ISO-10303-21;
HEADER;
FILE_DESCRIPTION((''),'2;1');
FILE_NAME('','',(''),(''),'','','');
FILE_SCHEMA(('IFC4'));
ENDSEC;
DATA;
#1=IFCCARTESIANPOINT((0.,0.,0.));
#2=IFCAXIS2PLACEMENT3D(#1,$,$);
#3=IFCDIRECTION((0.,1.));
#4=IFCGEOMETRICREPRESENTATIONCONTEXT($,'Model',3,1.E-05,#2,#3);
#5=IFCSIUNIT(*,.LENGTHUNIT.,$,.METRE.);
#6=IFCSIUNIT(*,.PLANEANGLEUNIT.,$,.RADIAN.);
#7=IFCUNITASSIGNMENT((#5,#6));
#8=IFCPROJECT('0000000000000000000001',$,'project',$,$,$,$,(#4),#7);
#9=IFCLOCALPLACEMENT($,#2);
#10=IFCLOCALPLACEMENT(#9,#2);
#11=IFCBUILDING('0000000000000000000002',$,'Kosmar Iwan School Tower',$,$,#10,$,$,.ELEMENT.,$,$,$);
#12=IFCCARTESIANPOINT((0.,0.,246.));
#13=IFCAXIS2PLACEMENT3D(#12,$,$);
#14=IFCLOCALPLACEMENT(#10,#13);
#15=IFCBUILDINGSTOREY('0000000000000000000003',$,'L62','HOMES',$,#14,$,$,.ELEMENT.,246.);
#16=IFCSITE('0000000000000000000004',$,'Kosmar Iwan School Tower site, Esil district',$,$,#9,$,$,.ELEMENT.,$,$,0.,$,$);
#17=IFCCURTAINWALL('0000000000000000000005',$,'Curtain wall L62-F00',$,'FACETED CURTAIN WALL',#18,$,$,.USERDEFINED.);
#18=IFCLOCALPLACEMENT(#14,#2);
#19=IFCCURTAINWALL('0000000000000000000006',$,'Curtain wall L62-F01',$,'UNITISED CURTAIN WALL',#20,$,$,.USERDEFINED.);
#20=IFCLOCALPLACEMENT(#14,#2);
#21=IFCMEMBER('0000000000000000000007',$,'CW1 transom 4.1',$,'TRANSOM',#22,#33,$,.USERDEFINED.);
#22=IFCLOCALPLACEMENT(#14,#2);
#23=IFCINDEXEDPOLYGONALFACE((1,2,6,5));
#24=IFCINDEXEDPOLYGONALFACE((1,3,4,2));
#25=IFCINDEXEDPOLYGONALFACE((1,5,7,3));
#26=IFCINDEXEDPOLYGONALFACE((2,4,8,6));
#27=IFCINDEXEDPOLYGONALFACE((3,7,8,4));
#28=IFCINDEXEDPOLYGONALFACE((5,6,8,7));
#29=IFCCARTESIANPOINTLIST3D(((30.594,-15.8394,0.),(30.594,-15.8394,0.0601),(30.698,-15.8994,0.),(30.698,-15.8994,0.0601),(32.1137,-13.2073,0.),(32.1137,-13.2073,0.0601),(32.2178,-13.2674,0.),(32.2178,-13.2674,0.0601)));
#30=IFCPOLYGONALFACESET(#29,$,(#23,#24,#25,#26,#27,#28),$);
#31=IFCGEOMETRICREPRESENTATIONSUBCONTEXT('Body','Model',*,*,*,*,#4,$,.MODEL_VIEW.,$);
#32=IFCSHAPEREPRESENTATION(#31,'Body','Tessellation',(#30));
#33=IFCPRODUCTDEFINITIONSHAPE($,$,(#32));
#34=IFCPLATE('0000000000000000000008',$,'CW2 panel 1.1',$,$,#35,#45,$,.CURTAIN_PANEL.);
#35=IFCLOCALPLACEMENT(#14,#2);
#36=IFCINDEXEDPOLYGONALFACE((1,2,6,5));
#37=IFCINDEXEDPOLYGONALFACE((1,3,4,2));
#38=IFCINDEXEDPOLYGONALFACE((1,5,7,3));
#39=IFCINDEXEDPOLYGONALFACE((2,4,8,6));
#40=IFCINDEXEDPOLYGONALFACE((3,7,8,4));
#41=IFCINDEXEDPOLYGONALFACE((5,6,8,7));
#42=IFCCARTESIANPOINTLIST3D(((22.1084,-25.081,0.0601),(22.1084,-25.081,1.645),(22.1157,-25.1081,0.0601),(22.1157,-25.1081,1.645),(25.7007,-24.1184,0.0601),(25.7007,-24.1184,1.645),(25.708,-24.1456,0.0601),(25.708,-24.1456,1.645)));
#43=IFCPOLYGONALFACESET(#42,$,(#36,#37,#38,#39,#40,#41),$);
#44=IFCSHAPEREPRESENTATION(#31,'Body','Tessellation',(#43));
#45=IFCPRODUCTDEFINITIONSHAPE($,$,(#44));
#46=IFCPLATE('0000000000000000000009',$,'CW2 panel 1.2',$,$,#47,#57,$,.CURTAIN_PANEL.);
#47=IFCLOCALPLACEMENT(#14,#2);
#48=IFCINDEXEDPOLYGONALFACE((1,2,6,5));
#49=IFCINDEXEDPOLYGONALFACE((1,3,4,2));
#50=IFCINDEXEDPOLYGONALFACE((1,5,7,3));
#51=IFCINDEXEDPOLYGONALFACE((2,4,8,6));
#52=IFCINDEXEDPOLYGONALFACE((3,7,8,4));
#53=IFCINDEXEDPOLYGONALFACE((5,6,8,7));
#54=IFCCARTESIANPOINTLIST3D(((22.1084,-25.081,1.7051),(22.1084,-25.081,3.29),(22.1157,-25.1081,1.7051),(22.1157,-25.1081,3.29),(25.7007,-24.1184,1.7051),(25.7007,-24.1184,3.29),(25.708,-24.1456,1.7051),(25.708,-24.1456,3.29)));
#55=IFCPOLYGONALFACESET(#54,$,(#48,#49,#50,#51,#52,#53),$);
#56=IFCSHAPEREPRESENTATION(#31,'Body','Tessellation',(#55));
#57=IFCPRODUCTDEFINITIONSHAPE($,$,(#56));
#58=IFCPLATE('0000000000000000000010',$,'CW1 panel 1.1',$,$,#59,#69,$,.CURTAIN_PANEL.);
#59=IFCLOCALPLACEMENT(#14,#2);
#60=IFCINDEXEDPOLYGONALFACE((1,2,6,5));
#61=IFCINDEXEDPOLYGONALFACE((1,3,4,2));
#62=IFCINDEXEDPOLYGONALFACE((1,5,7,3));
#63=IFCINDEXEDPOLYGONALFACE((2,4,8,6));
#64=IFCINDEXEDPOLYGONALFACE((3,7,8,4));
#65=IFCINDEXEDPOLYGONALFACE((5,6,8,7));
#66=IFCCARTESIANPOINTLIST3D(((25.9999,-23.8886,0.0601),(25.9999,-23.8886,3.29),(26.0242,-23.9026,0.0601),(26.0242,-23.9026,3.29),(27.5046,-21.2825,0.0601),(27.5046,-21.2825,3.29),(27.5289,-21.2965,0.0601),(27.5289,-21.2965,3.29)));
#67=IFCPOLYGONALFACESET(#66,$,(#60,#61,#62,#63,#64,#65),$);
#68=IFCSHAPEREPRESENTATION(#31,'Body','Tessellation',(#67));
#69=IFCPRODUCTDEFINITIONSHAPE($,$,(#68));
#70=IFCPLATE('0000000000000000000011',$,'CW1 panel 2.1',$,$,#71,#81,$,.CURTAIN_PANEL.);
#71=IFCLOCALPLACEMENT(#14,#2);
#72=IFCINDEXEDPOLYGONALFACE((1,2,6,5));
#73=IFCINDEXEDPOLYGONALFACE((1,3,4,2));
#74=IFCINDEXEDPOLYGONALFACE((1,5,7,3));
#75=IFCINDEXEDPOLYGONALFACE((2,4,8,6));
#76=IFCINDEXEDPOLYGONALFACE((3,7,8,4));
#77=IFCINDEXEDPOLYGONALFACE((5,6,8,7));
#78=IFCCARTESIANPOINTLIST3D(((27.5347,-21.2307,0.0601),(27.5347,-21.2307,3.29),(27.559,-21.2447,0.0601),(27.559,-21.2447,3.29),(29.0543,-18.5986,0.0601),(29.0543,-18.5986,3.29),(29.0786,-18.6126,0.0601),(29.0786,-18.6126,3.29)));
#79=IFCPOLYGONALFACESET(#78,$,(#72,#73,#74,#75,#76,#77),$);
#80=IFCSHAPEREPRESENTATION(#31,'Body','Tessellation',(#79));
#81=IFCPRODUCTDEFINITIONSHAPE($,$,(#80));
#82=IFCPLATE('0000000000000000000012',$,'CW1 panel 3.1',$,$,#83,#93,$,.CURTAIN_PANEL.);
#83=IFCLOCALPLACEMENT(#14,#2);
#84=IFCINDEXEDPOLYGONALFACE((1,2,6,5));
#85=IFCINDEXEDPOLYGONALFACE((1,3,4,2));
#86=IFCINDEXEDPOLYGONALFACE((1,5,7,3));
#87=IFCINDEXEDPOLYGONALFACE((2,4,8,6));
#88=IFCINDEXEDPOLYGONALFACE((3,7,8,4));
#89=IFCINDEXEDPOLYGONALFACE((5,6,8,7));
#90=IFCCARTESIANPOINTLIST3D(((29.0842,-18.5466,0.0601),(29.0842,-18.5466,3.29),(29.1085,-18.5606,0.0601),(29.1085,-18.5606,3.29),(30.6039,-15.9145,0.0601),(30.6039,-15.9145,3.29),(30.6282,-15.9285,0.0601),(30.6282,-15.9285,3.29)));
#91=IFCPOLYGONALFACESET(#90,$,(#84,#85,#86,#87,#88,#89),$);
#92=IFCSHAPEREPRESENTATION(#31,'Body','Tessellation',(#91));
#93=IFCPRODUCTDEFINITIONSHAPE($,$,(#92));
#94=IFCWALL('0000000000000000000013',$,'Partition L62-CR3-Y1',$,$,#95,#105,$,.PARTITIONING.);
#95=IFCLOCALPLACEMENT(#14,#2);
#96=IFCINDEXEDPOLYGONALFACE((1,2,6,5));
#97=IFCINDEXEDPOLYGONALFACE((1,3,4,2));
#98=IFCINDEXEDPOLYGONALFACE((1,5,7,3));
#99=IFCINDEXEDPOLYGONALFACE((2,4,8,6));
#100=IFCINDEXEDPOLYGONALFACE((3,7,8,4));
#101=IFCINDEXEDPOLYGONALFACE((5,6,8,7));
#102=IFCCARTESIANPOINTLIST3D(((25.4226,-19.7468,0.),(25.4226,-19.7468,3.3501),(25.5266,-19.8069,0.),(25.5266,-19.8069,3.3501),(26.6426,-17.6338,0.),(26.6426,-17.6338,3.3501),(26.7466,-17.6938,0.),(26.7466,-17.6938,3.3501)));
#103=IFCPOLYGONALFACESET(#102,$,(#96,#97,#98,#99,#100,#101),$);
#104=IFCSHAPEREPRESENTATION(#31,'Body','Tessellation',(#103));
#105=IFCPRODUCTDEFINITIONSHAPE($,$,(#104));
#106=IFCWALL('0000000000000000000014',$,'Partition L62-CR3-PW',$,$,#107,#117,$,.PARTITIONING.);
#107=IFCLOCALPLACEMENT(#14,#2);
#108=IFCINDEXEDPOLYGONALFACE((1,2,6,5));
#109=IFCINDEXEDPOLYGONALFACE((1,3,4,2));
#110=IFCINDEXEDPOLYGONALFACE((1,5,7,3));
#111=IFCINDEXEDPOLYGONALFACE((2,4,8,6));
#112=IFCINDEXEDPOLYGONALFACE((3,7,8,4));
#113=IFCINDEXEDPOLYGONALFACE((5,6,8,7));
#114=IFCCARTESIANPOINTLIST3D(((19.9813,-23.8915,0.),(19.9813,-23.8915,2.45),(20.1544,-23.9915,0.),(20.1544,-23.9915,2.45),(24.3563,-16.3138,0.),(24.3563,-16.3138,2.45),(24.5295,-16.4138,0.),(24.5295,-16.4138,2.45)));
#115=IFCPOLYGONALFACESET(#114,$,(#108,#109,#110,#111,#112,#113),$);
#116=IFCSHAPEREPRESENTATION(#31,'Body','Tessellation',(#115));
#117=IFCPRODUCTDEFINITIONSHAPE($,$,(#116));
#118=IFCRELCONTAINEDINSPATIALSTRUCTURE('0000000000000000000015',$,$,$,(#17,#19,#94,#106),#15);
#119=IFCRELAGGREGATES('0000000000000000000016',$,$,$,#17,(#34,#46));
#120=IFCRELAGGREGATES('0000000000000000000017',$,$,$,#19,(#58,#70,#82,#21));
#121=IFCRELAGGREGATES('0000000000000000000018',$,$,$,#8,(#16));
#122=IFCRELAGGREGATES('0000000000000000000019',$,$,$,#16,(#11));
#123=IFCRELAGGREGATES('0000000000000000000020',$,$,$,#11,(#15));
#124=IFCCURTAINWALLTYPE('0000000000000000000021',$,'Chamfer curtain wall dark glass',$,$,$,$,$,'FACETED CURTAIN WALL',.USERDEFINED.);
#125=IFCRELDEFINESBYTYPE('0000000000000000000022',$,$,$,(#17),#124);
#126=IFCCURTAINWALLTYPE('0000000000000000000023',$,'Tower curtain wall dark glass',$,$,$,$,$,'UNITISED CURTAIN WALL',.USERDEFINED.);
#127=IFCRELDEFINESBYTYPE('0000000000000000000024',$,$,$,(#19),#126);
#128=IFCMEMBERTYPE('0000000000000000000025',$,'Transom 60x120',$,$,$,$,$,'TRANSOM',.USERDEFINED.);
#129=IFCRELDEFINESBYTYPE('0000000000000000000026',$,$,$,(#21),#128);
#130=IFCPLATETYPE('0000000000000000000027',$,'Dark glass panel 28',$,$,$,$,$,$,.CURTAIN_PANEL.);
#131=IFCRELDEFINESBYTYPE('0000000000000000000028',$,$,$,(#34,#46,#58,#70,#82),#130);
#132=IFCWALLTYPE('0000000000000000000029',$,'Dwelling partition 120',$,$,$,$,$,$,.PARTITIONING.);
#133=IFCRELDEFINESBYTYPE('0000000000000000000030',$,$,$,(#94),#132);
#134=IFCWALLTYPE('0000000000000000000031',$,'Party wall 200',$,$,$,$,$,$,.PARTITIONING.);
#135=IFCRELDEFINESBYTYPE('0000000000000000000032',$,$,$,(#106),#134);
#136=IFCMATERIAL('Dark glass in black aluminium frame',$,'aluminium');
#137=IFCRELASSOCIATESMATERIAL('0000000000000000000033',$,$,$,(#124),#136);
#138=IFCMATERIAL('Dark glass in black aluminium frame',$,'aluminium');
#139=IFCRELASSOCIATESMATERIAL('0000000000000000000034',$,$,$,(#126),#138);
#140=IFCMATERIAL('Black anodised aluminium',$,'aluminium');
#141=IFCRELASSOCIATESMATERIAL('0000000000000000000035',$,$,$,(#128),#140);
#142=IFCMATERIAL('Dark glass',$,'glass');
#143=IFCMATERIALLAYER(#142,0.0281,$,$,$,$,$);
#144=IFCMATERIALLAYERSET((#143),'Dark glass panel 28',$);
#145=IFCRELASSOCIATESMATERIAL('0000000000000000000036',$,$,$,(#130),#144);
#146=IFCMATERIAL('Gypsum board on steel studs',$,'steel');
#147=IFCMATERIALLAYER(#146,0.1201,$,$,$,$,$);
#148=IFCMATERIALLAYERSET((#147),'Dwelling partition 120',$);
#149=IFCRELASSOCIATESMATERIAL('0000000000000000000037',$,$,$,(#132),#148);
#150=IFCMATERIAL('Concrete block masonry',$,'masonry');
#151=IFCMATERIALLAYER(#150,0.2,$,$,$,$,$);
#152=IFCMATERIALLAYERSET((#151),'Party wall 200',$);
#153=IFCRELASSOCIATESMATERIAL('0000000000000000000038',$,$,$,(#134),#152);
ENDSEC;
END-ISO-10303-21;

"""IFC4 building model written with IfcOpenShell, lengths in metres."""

from ifc_helpers import new_model, si_unit, direction, frame, frame_2d, origin, origin_2d, place, context, subcontext, project, spatial, rectangle, extrude, material, layer, layer_set, material_profile, profile_set, type_object, element, aggregate, save


model = new_model("IFC4")

# Units and contexts
model_context = context("Model", 3, precision=1e-05, world=origin(), true_north=direction((0.0, 1.0)))
body_context = subcontext(model_context, "Body", "Model", "MODEL_VIEW")
ifc_project = project(units=[si_unit("LENGTHUNIT", "METRE"), si_unit("PLANEANGLEUNIT", "RADIAN")], contexts=[model_context])

# Site, building, storey
site_placement = place(None, origin())
site = spatial("IfcSite", under=ifc_project, at=site_placement, Name="Kosmar Iwan School Tower site, Esil district", CompositionType="ELEMENT", RefElevation=0.0)
building_placement = place(site_placement, origin())
building = spatial("IfcBuilding", under=site, at=building_placement, Name="Kosmar Iwan School Tower", CompositionType="ELEMENT")
storey_placement = place(building_placement, frame((0.0, 0.0, 246.0)))
storey = spatial("IfcBuildingStorey", under=building, at=storey_placement, Name="L62", Description="HOMES", CompositionType="ELEMENT", Elevation=246.0)

# Curtain wall
ifc_material_1 = material(Name="Dark glass in black aluminium frame", Category="aluminium")
curtain_wall_type_1 = type_object("IfcCurtainWallType", Name="Chamfer curtain wall dark glass", ElementType="FACETED CURTAIN WALL", PredefinedType="USERDEFINED", material=ifc_material_1)
curtain_wall_1_placement = place(storey_placement, origin())
curtain_wall_1 = element("IfcCurtainWall", 1, at=curtain_wall_1_placement, inside=storey, type_object=curtain_wall_type_1, Name="Curtain wall L62-F00", ObjectType="FACETED CURTAIN WALL", PredefinedType="USERDEFINED")

# Curtain wall
ifc_material_2 = material(Name="Dark glass in black aluminium frame", Category="aluminium")
curtain_wall_type_2 = type_object("IfcCurtainWallType", Name="Tower curtain wall dark glass", ElementType="UNITISED CURTAIN WALL", PredefinedType="USERDEFINED", material=ifc_material_2)
curtain_wall_2_placement = place(storey_placement, origin())
curtain_wall_2 = element("IfcCurtainWall", 2, at=curtain_wall_2_placement, inside=storey, type_object=curtain_wall_type_2, Name="Curtain wall L62-F01", ObjectType="UNITISED CURTAIN WALL", PredefinedType="USERDEFINED")

# Member
ifc_material_3 = material(Name="Black anodised aluminium", Category="aluminium")
ifc_material_profile_1 = material_profile(ifc_material_3, rectangle(XDim=0.1201, YDim=0.0601, at=origin_2d()), Name="TRANSOM 60x120")
ifc_profile_set_1 = profile_set([ifc_material_profile_1], Name="Black anodised aluminium")
member_type_1 = type_object("IfcMemberType", Name="Transom 60x120", ElementType="TRANSOM", PredefinedType="USERDEFINED", material=ifc_profile_set_1)
member_1_placement = place(storey_placement, frame((30.646, -15.8694, 0.03), z_axis=(0.500035, 0.866005, 0.0), x_axis=(-0.866005, 0.500035, 0.0)))
member_1 = element("IfcMember", 3, at=member_1_placement, type_object=member_type_1, Name="CW1 transom 4.1", ObjectType="TRANSOM", PredefinedType="USERDEFINED", context=body_context, shape_type="SweptSolid", body=[
    extrude(rectangle(XDim=0.1201, YDim=0.0601, at=origin_2d()), origin(), (0.0, 0.0, 1.0), 3.0393),
])

# Plates
ifc_material_4 = material(Name="Dark glass", Category="glass")
ifc_layer_1 = layer(ifc_material_4, 0.0281)
ifc_layer_set_1 = layer_set([ifc_layer_1], Name="Dark glass panel 28")
plate_type = type_object("IfcPlateType", Name="Dark glass panel 28", PredefinedType="CURTAIN_PANEL", material=ifc_layer_set_1)
plate_1_placement = place(storey_placement, frame((23.9082, -24.6133, 0.0601), z_axis=(0.0, 0.0, 1.0), x_axis=(0.965926, 0.258819, 0.0)))
plate_1 = element("IfcPlate", 4, at=plate_1_placement, type_object=plate_type, Name="CW2 panel 1.1", PredefinedType="CURTAIN_PANEL", context=body_context, shape_type="SweptSolid", body=[
    extrude(rectangle(XDim=3.719, YDim=0.0281, at=origin_2d()), origin(), (0.0, 0.0, 1.0), 1.585),
])
plate_2_placement = place(storey_placement, frame((23.9082, -24.6133, 1.7051), z_axis=(0.0, 0.0, 1.0), x_axis=(0.965926, 0.258819, 0.0)))
plate_2 = element("IfcPlate", 5, at=plate_2_placement, type_object=plate_type, Name="CW2 panel 1.2", PredefinedType="CURTAIN_PANEL", context=body_context, shape_type="SweptSolid", body=[
    extrude(rectangle(XDim=3.719, YDim=0.0281, at=origin_2d()), origin(), (0.0, 0.0, 1.0), 1.585),
])
aggregate(curtain_wall_1, [plate_1, plate_2])
plate_3_placement = place(storey_placement, frame((26.7644, -22.5925, 0.0601), z_axis=(0.0, 0.0, 1.0), x_axis=(0.5, 0.866025, 0.0)))
plate_3 = element("IfcPlate", 6, at=plate_3_placement, type_object=plate_type, Name="CW1 panel 1.1", PredefinedType="CURTAIN_PANEL", context=body_context, shape_type="SweptSolid", body=[
    extrude(rectangle(XDim=3.0093, YDim=0.0281, at=origin_2d()), origin(), (0.0, 0.0, 1.0), 3.23),
])
plate_4_placement = place(storey_placement, frame((28.3066, -19.9216, 0.0601), z_axis=(0.0, 0.0, 1.0), x_axis=(0.5, 0.866025, 0.0)))
plate_4 = element("IfcPlate", 7, at=plate_4_placement, type_object=plate_type, Name="CW1 panel 2.1", PredefinedType="CURTAIN_PANEL", context=body_context, shape_type="SweptSolid", body=[
    extrude(rectangle(XDim=3.0393, YDim=0.0281, at=origin_2d()), origin(), (0.0, 0.0, 1.0), 3.23),
])
plate_5_placement = place(storey_placement, frame((29.8562, -17.2375, 0.0601), z_axis=(0.0, 0.0, 1.0), x_axis=(0.5, 0.866025, 0.0)))
plate_5 = element("IfcPlate", 8, at=plate_5_placement, type_object=plate_type, Name="CW1 panel 3.1", PredefinedType="CURTAIN_PANEL", context=body_context, shape_type="SweptSolid", body=[
    extrude(rectangle(XDim=3.0393, YDim=0.0281, at=origin_2d()), origin(), (0.0, 0.0, 1.0), 3.23),
])
aggregate(curtain_wall_2, [plate_3, plate_4, plate_5, member_1])

# Walls
ifc_material_5 = material(Name="Gypsum board on steel studs", Category="steel")
ifc_layer_2 = layer(ifc_material_5, 0.1201)
ifc_layer_set_2 = layer_set([ifc_layer_2], Name="Dwelling partition 120")
wall_type_1 = type_object("IfcWallType", Name="Dwelling partition 120", PredefinedType="PARTITIONING", material=ifc_layer_set_2)
wall_1_placement = place(storey_placement, frame((26.6946, -17.6638, 0.0), z_axis=(0.0, 0.0, 1.0), x_axis=(-0.500003, -0.866024, 0.0)))
element("IfcWall", 9, at=wall_1_placement, inside=storey, type_object=wall_type_1, Name="Partition L62-CR3-Y1", PredefinedType="PARTITIONING", context=body_context, shape_type="SweptSolid", body=[
    extrude(rectangle(XDim=2.4399, YDim=0.1201, at=frame_2d((1.22, 0.0))), origin(), (0.0, 0.0, 1.0), 3.3501),
])
ifc_material_6 = material(Name="Concrete block masonry", Category="masonry")
ifc_layer_3 = layer(ifc_material_6, 0.2)
ifc_layer_set_3 = layer_set([ifc_layer_3], Name="Party wall 200")
wall_type_2 = type_object("IfcWallType", Name="Party wall 200", PredefinedType="PARTITIONING", material=ifc_layer_set_3)
wall_2_placement = place(storey_placement, frame((24.4429, -16.3638, 0.0), z_axis=(0.0, 0.0, 1.0), x_axis=(-0.500004, -0.866023, 0.0)))
element("IfcWall", 10, at=wall_2_placement, inside=storey, type_object=wall_type_2, Name="Partition L62-CR3-PW", PredefinedType="PARTITIONING", context=body_context, shape_type="SweptSolid", body=[
    extrude(rectangle(XDim=8.75, YDim=0.2, at=frame_2d((4.375, 0.0))), origin(), (0.0, 0.0, 1.0), 2.45),
])

save(model, "model.ifc")
